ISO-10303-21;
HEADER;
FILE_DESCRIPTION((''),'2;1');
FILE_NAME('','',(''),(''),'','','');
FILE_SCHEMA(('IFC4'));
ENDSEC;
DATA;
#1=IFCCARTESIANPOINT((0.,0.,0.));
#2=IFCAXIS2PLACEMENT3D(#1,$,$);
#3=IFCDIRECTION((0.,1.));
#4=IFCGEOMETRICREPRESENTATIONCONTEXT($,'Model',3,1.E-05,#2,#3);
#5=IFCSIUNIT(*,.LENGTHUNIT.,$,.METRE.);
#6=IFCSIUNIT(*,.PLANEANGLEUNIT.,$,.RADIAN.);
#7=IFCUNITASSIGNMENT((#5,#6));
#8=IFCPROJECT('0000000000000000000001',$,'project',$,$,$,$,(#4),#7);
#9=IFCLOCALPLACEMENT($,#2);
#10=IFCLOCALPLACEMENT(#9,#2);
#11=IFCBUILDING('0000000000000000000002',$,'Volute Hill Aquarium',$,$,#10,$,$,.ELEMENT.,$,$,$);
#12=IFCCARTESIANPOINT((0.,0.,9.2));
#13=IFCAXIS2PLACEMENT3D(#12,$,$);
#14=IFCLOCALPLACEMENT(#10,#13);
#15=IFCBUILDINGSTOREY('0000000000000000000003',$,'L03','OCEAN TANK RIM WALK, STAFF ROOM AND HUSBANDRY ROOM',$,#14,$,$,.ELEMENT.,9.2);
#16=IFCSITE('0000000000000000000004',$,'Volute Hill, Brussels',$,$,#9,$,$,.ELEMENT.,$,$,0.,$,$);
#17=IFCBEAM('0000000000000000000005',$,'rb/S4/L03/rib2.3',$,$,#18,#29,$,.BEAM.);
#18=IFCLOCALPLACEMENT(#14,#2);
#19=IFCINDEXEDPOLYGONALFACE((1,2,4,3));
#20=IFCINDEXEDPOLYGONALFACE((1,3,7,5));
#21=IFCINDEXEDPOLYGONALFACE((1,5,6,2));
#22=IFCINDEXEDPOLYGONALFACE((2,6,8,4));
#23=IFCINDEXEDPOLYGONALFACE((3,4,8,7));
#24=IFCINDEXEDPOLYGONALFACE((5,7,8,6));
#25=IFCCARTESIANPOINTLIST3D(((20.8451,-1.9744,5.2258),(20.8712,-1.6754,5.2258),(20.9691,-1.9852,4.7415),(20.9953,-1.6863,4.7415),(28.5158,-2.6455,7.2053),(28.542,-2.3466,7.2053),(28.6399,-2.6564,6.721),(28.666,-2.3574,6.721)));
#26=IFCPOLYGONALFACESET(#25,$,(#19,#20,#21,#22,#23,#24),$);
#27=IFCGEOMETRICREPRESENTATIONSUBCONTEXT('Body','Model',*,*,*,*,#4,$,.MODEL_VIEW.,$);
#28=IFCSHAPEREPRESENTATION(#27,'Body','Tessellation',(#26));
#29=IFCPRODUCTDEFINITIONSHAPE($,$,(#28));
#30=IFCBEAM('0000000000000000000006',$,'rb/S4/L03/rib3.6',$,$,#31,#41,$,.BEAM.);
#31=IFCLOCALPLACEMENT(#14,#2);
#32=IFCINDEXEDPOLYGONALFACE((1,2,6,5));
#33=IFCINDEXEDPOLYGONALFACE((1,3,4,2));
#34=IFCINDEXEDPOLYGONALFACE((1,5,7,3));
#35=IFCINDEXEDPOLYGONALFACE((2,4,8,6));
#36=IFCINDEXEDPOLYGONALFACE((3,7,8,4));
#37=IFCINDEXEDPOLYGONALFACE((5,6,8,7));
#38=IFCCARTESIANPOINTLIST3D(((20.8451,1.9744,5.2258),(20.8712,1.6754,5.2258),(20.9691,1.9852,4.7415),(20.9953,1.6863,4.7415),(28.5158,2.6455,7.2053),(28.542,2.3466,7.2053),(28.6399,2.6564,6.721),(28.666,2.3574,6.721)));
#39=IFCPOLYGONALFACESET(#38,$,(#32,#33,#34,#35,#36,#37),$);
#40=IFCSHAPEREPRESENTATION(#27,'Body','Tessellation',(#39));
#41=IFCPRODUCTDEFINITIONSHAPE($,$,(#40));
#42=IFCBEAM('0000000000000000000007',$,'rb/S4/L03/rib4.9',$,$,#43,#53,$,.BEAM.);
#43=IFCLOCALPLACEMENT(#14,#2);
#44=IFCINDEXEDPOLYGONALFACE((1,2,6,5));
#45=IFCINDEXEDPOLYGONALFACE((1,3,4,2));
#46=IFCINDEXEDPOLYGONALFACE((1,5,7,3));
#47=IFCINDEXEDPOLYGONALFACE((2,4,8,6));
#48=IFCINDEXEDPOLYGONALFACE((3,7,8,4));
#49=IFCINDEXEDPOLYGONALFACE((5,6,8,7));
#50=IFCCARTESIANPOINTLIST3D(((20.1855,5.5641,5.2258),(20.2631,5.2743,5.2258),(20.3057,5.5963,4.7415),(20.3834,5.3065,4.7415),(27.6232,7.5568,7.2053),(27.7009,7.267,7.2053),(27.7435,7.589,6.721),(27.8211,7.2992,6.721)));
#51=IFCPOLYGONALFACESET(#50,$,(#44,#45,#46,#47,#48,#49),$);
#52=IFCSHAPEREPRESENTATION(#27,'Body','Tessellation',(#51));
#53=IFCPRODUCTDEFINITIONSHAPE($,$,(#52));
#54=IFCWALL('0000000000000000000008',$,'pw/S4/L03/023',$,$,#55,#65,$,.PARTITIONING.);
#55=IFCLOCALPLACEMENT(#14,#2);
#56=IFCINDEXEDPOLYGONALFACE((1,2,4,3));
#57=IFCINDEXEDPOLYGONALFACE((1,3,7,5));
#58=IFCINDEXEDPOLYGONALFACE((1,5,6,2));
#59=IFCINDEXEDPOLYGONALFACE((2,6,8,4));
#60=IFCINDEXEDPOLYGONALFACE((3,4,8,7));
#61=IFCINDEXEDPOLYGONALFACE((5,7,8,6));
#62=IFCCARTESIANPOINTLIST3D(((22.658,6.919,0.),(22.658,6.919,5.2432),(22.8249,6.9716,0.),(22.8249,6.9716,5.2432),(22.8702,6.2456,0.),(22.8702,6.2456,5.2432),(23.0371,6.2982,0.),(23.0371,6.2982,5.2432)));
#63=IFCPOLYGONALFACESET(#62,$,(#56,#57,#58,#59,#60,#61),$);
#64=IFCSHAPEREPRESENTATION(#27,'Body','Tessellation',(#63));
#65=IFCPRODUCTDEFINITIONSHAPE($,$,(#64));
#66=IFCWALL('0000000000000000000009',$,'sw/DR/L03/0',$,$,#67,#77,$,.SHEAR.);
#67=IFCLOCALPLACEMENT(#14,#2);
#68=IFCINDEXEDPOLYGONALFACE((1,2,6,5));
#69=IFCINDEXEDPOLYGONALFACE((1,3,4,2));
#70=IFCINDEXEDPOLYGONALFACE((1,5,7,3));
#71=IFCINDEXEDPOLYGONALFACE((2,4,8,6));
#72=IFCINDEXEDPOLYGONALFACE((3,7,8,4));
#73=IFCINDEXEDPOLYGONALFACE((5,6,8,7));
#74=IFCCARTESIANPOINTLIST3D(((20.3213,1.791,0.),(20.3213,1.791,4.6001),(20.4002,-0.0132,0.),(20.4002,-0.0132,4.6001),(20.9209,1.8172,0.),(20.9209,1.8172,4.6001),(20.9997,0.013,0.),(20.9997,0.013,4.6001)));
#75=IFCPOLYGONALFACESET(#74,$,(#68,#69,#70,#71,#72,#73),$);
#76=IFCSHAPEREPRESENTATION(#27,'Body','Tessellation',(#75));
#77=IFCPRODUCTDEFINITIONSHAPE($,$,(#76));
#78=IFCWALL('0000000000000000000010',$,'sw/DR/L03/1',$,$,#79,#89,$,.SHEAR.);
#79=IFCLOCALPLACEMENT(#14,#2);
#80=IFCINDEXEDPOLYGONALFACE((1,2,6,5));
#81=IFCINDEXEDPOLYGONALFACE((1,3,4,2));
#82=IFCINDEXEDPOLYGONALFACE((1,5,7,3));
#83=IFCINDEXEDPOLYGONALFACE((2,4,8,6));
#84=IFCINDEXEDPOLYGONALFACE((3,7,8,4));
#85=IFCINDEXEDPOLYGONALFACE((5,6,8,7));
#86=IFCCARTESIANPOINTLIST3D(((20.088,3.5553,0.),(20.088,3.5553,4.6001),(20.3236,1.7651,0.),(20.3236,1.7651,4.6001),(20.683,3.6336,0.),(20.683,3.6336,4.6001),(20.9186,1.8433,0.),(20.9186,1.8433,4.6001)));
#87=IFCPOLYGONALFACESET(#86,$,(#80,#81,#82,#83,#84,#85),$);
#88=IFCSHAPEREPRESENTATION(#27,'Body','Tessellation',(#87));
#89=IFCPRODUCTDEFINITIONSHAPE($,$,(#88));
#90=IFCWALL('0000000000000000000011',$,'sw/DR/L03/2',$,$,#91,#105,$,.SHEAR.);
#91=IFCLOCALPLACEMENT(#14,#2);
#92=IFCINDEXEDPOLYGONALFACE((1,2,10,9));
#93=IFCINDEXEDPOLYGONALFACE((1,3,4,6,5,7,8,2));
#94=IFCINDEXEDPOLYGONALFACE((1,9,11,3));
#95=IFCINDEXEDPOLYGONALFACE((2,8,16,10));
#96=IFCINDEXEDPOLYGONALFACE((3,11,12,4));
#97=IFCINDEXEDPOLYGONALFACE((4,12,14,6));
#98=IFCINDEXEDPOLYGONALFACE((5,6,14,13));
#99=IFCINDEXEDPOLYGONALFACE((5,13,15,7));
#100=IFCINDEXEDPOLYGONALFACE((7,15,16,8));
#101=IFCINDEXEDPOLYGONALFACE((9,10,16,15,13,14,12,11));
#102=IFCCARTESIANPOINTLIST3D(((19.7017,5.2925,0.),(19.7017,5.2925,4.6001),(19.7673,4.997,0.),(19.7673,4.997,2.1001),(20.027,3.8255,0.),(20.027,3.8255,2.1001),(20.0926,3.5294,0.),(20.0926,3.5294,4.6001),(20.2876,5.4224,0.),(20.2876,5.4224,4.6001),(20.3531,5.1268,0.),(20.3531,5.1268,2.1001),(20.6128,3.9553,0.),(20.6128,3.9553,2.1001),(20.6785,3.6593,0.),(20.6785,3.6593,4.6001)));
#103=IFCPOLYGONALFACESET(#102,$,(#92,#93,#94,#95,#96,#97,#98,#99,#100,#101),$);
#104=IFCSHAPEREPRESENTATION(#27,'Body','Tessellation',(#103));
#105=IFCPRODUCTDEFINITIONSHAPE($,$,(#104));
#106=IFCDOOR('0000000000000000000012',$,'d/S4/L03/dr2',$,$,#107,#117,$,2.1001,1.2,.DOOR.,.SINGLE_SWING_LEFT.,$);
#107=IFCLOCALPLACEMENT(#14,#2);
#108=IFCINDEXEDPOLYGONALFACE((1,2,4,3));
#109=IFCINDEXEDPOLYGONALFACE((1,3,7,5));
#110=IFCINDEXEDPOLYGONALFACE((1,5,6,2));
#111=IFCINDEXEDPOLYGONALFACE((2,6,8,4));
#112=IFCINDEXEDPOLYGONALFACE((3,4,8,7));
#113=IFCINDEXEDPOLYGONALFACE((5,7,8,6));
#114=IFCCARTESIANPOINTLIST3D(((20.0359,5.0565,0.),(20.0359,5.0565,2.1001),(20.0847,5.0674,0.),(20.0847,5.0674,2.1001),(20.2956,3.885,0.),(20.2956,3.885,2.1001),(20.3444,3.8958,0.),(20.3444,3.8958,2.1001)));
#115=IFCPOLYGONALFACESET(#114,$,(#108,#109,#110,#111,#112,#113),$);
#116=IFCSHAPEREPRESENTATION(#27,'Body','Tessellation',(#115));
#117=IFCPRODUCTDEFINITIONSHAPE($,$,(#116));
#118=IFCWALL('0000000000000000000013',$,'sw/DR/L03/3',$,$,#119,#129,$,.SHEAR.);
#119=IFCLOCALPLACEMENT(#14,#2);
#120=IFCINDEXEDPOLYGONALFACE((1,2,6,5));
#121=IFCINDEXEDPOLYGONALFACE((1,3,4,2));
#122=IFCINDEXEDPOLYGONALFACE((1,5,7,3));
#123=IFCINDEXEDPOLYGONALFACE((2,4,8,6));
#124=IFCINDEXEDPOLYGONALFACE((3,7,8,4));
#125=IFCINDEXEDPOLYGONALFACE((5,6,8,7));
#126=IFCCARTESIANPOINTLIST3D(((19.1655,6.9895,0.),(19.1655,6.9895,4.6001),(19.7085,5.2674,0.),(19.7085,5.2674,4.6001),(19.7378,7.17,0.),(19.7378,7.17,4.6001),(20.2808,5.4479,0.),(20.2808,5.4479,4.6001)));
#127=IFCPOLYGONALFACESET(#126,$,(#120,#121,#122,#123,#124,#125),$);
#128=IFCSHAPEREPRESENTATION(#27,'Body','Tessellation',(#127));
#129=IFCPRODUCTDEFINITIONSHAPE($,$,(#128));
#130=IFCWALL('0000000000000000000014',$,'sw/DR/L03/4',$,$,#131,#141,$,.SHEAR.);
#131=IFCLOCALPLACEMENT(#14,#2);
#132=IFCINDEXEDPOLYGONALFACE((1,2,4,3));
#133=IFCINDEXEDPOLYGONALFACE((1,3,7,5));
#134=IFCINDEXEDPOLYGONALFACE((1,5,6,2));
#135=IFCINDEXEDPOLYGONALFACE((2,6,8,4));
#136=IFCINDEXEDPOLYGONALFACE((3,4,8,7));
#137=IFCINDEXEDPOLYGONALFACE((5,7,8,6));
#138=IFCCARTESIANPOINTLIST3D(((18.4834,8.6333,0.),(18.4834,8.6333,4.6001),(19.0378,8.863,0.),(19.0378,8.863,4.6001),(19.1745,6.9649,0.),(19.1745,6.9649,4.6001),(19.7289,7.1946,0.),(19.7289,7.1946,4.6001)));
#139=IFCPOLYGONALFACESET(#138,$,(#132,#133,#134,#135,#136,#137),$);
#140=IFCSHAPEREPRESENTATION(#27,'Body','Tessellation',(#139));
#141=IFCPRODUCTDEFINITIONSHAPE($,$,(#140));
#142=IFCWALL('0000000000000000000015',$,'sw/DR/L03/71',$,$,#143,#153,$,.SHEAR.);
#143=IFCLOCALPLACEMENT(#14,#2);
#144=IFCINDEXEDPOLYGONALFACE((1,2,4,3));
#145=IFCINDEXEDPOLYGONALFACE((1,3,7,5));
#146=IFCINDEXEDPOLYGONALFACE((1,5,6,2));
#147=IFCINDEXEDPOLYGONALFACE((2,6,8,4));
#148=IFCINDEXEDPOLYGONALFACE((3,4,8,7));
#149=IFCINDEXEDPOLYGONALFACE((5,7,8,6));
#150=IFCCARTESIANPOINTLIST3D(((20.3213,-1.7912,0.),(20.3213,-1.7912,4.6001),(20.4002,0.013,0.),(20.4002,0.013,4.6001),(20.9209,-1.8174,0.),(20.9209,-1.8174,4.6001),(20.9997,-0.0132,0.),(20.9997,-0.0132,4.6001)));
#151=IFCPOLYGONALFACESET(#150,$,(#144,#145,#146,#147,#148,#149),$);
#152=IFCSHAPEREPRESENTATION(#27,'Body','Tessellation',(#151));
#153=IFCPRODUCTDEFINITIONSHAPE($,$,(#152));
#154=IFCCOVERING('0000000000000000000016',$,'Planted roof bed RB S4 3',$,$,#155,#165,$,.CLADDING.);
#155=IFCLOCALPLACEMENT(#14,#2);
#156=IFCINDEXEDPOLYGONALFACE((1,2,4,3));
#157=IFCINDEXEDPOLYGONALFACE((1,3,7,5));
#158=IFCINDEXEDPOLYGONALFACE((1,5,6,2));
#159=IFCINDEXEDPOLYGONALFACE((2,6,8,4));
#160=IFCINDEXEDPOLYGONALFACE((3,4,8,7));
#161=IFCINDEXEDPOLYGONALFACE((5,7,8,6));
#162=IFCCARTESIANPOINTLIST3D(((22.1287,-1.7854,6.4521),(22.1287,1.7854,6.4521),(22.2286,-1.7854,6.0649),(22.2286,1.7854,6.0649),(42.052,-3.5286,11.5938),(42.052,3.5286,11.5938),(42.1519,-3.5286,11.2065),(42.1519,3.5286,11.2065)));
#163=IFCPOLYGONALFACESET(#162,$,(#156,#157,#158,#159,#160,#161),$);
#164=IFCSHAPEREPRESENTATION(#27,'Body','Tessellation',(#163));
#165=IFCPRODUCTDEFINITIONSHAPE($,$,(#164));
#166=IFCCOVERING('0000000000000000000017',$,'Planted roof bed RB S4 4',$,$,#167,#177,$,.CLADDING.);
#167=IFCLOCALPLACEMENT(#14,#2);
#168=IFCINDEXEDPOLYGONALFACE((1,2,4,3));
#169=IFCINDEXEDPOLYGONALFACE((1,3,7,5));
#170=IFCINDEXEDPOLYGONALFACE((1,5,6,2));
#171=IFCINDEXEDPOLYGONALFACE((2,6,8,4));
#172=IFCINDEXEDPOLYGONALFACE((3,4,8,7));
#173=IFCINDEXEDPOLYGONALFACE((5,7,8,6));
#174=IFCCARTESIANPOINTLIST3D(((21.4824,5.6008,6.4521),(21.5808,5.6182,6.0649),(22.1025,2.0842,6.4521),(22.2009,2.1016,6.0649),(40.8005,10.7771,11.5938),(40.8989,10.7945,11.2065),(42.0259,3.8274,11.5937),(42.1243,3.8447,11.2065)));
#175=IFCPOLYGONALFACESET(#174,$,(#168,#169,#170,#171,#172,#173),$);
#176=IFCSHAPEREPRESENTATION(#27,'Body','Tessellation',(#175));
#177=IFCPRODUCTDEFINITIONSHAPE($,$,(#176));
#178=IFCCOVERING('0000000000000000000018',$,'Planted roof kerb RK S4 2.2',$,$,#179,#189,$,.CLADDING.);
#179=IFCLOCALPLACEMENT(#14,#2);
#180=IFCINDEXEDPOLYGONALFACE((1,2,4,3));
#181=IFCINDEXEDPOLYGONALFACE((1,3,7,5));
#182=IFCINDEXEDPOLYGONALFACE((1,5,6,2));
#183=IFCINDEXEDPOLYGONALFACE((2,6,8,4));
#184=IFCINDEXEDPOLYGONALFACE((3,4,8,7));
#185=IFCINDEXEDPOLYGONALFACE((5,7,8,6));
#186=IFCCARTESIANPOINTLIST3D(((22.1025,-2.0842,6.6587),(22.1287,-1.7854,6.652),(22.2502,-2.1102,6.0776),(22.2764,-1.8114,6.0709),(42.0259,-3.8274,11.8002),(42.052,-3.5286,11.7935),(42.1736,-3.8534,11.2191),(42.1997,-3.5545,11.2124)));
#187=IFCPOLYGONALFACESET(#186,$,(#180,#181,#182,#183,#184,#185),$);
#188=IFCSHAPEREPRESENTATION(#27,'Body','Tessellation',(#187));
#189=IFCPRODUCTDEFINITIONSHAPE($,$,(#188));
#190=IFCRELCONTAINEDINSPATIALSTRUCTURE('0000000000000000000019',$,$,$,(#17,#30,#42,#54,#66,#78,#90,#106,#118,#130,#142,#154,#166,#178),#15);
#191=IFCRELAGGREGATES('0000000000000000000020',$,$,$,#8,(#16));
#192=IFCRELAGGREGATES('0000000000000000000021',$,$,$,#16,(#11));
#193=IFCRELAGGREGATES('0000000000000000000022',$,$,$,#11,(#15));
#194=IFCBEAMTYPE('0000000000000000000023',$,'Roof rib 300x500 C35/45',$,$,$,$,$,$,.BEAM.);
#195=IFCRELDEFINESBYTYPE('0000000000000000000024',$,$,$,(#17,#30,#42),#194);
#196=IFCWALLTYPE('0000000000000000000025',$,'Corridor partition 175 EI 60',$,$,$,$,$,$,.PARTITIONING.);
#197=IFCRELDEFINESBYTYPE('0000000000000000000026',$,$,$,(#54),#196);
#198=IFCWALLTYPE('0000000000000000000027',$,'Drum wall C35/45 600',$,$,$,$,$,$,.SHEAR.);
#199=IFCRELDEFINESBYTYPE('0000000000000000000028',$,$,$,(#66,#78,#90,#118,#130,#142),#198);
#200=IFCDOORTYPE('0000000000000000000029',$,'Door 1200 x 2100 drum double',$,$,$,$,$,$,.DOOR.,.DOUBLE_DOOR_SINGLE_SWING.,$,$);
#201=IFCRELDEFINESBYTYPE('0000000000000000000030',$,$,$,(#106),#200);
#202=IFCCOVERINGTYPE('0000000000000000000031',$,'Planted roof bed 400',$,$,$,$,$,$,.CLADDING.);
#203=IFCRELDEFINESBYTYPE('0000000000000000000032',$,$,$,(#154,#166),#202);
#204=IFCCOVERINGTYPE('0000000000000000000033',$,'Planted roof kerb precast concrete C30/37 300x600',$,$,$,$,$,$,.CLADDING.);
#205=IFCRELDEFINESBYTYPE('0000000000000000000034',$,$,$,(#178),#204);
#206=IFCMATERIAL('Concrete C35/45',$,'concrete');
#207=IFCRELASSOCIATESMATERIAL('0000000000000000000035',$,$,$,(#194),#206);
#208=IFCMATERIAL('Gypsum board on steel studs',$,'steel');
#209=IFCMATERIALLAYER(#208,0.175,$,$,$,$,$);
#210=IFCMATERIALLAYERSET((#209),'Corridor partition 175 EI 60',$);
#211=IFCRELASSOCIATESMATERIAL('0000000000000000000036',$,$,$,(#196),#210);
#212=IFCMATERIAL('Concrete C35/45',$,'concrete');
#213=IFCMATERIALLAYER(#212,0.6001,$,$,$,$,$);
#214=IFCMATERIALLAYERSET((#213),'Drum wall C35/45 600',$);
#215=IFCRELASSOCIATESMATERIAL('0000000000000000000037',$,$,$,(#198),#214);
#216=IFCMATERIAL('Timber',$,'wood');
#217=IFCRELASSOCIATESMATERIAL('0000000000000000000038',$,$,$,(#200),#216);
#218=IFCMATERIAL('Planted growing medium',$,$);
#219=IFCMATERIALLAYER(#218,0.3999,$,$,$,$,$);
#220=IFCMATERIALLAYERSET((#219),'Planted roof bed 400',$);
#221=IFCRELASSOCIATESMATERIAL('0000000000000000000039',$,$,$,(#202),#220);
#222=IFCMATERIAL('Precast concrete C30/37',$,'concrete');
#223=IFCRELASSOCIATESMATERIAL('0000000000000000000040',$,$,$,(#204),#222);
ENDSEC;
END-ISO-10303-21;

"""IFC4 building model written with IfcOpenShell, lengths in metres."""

from ifc_helpers import new_model, si_unit, direction, frame, frame_2d, origin, origin_2d, place, context, subcontext, project, spatial, polyline, rectangle, outline, extrude, material, layer, layer_set, material_profile, profile_set, type_object, element, fill, save


model = new_model("IFC4")

# Units and contexts
model_context = context("Model", 3, precision=1e-05, world=origin(), true_north=direction((0.0, 1.0)))
body_context = subcontext(model_context, "Body", "Model", "MODEL_VIEW")
ifc_project = project(units=[si_unit("LENGTHUNIT", "METRE"), si_unit("PLANEANGLEUNIT", "RADIAN")], contexts=[model_context])

# Site, building, storey
site_placement = place(None, origin())
site = spatial("IfcSite", under=ifc_project, at=site_placement, Name="Volute Hill, Brussels", CompositionType="ELEMENT", RefElevation=0.0)
building_placement = place(site_placement, origin())
building = spatial("IfcBuilding", under=site, at=building_placement, Name="Volute Hill Aquarium", CompositionType="ELEMENT")
storey_placement = place(building_placement, frame((0.0, 0.0, 9.2)))
storey = spatial("IfcBuildingStorey", under=building, at=storey_placement, Name="L03", Description="OCEAN TANK RIM WALK, STAFF ROOM AND HUSBANDRY ROOM", CompositionType="ELEMENT", Elevation=9.2)

# Beams
ifc_material_1 = material(Name="Concrete C35/45", Category="concrete")
ifc_material_profile_1 = material_profile(ifc_material_1, rectangle(XDim=0.3, YDim=0.5, at=origin_2d()), Name="RC rib 300x500")
ifc_profile_set_1 = profile_set([ifc_material_profile_1], Name="Concrete C35/45")
beam_type_1 = type_object("IfcBeamType", Name="Roof rib 300x500 C35/45", PredefinedType="BEAM", material=ifc_profile_set_1)
for number, where, z_axis, x_axis, name in (
    (1, (20.9202, -1.8303, 4.9836), (0.964822, -0.084417, 0.248982), (0.087162, 0.996194, 0.0), "rb/S4/L03/rib2.3"),
    (2, (20.9202, 1.8303, 4.9836), (0.964822, 0.084417, 0.248982), (-0.087162, 0.996194, 0.0), "rb/S4/L03/rib3.6"),
    (3, (20.2844, 5.4353, 4.9836), (0.935516, 0.250638, 0.24898), (-0.258787, 0.965934, 0.0), "rb/S4/L03/rib4.9"),
):
    element("IfcBeam", number, at=place(storey_placement, frame(where, z_axis=z_axis, x_axis=x_axis)), inside=storey, type_object=beam_type_1, Name=name, PredefinedType="BEAM", context=body_context, shape_type="SweptSolid", body=[
        extrude(rectangle(XDim=0.3, YDim=0.5, at=origin_2d()), origin(), (0.0, 0.0, 1.0), 7.9504),
    ])

# Walls
ifc_material_2 = material(Name="Gypsum board on steel studs", Category="steel")
ifc_layer_1 = layer(ifc_material_2, 0.175)
ifc_layer_set_1 = layer_set([ifc_layer_1], Name="Corridor partition 175 EI 60")
wall_type_1 = type_object("IfcWallType", Name="Corridor partition 175 EI 60", PredefinedType="PARTITIONING", material=ifc_layer_set_1)
wall_1_placement = place(storey_placement, frame((22.7415, 6.9453, 0.0), z_axis=(0.0, 0.0, 1.0), x_axis=(0.300519, -0.953776, 0.0)))
element("IfcWall", 4, at=wall_1_placement, inside=storey, type_object=wall_type_1, Name="pw/S4/L03/023", PredefinedType="PARTITIONING", context=body_context, shape_type="SweptSolid", body=[
    extrude(rectangle(XDim=0.7061, YDim=0.175, at=frame_2d((0.353, 0.0))), origin(), (0.0, 0.0, 1.0), 5.2432),
])
ifc_material_3 = material(Name="Concrete C35/45", Category="concrete")
ifc_layer_2 = layer(ifc_material_3, 0.6001)
ifc_layer_set_2 = layer_set([ifc_layer_2], Name="Drum wall C35/45 600")
wall_type_2 = type_object("IfcWallType", Name="Drum wall C35/45 600", PredefinedType="SHEAR", material=ifc_layer_set_2)
wall_2_placement = place(storey_placement, frame((20.7, 0.0, 0.0), z_axis=(0.0, 0.0, 1.0), x_axis=(-0.043666, 0.999046, 0.0)))
element("IfcWall", 5, at=wall_2_placement, inside=storey, type_object=wall_type_2, Name="sw/DR/L03/0", PredefinedType="SHEAR", context=body_context, shape_type="SweptSolid", body=[
    extrude(rectangle(XDim=1.8059, YDim=0.6001, at=frame_2d((0.9028, 0.0))), origin(), (0.0, 0.0, 1.0), 4.6001),
])
wall_3_placement = place(storey_placement, frame((20.6211, 1.8042, 0.0), z_axis=(0.0, 0.0, 1.0), x_axis=(-0.130472, 0.991452, 0.0)))
element("IfcWall", 6, at=wall_3_placement, inside=storey, type_object=wall_type_2, Name="sw/DR/L03/1", PredefinedType="SHEAR", context=body_context, shape_type="SweptSolid", body=[
    extrude(rectangle(XDim=1.8057, YDim=0.6001, at=frame_2d((0.9028, 0.0))), origin(), (0.0, 0.0, 1.0), 4.6001),
])

# Wall, opening, door
wall_4_placement = place(storey_placement, frame((20.3855, 3.5945, 0.0), z_axis=(0.0, 0.0, 1.0), x_axis=(-0.216429, 0.976298, 0.0)))
wall_4 = element("IfcWall", 7, at=wall_4_placement, inside=storey, type_object=wall_type_2, Name="sw/DR/L03/2", PredefinedType="SHEAR", context=body_context, shape_type="SweptSolid", body=[
    extrude(rectangle(XDim=1.8059, YDim=0.6001, at=frame_2d((0.9028, 0.0))), origin(), (0.0, 0.0, 1.0), 4.6001),
])
opening_placement = place(wall_4_placement, frame((0.303, 0.0, 0.0)))
opening = element("IfcOpeningElement", 8, at=opening_placement, cuts=wall_4, PredefinedType="OPENING", context=body_context, shape_type="SweptSolid", body=[
    extrude(rectangle(XDim=1.2, YDim=2.1001, at=frame_2d((0.6001, 1.05))), frame((0.0, 0.3101, 0.0), z_axis=(0.0, -1.0, 0.0), x_axis=(1.0, 0.0, 0.0)), (0.0, 0.0, 1.0), 0.6201),
])
ifc_material_4 = material(Name="Timber", Category="wood")
door_type = type_object("IfcDoorType", Name="Door 1200 x 2100 drum double", OperationType="DOUBLE_DOOR_SINGLE_SWING", PredefinedType="DOOR", material=ifc_material_4)
door_placement = place(opening_placement, origin())
door = element("IfcDoor", 9, at=door_placement, inside=storey, type_object=door_type, Name="d/S4/L03/dr2", OperationType="SINGLE_SWING_LEFT", OverallHeight=2.1001, OverallWidth=1.2, PredefinedType="DOOR", context=body_context, shape_type="SweptSolid", body=[
    extrude(rectangle(XDim=1.2, YDim=2.1001, at=frame_2d((0.6001, 1.05))), frame((0.0, 0.0249, 0.0), z_axis=(0.0, -1.0, 0.0), x_axis=(1.0, 0.0, 0.0)), (0.0, 0.0, 1.0), 0.05),
])
fill(opening, door)

# Walls
wall_5_placement = place(storey_placement, frame((19.9946, 5.3577, 0.0), z_axis=(0.0, 0.0, 1.0), x_axis=(-0.300691, 0.953722, 0.0)))
element("IfcWall", 10, at=wall_5_placement, inside=storey, type_object=wall_type_2, Name="sw/DR/L03/3", PredefinedType="SHEAR", context=body_context, shape_type="SweptSolid", body=[
    extrude(rectangle(XDim=1.8057, YDim=0.6001, at=frame_2d((0.9028, 0.0))), origin(), (0.0, 0.0, 1.0), 4.6001),
])
for number, where, z_axis, x_axis, name in (
    (11, (19.4517, 7.0798, 0.0), (0.0, 0.0, 1.0), (-0.382714, 0.923867, 0.0), "sw/DR/L03/4"),
    (12, (20.6211, -1.8042, 0.0), (0.0, 0.0, 1.0), (0.043666, 0.999046, 0.0), "sw/DR/L03/71"),
):
    element("IfcWall", number, at=place(storey_placement, frame(where, z_axis=z_axis, x_axis=x_axis)), inside=storey, type_object=wall_type_2, Name=name, PredefinedType="SHEAR", context=body_context, shape_type="SweptSolid", body=[
        extrude(rectangle(XDim=1.8059, YDim=0.6001, at=frame_2d((0.9028, 0.0))), origin(), (0.0, 0.0, 1.0), 4.6001),
    ])

# Coverings
ifc_material_5 = material(Name="Planted growing medium")
ifc_layer_3 = layer(ifc_material_5, 0.3999)
ifc_layer_set_3 = layer_set([ifc_layer_3], Name="Planted roof bed 400")
covering_type_1 = type_object("IfcCoveringType", Name="Planted roof bed 400", PredefinedType="CLADDING", material=ifc_layer_set_3)
covering_1_placement = place(storey_placement, frame((22.1287, -1.7854, 6.4521), z_axis=(-0.249882, 0.0, 0.968276), x_axis=(0.96482, -0.084416, 0.24899)))
element("IfcCovering", 13, at=covering_1_placement, inside=storey, type_object=covering_type_1, Name="Planted roof bed RB S4 3", PredefinedType="CLADDING", context=body_context, shape_type="SweptSolid", body=[
    extrude(outline(polyline([(0.0, 0.0), (20.6498, 0.0), (20.0541, 7.0319), (-0.3014, 3.5581), (0.0, 0.0)])), origin(), (0.0, 0.0, -1.0), 0.3999),
])
covering_2_placement = place(storey_placement, frame((22.1025, 2.0842, 6.4521), z_axis=(-0.246085, -0.043391, 0.968276), x_axis=(0.96482, 0.084416, 0.24899)))
element("IfcCovering", 14, at=covering_2_placement, inside=storey, type_object=covering_type_1, Name="Planted roof bed RB S4 4", PredefinedType="CLADDING", context=body_context, shape_type="SweptSolid", body=[
    extrude(outline(polyline([(0.0, 0.0), (20.6498, 0.0), (20.0542, 7.0317), (-0.3014, 3.5581), (0.0, 0.0)])), origin(), (0.0, 0.0, -1.0), 0.3999),
])
ifc_material_6 = material(Name="Precast concrete C30/37", Category="concrete")
covering_type_2 = type_object("IfcCoveringType", Name="Planted roof kerb precast concrete C30/37 300x600", PredefinedType="CLADDING", material=ifc_material_6)
covering_3_placement = place(storey_placement, frame((22.1025, -2.0842, 6.6587), z_axis=(-0.246092, 0.043268, 0.96828), x_axis=(0.964821, -0.084416, 0.248985)))
element("IfcCovering", 15, at=covering_3_placement, inside=storey, type_object=covering_type_2, Name="Planted roof kerb RK S4 2.2", PredefinedType="CLADDING", context=body_context, shape_type="SweptSolid", body=[
    extrude(outline(polyline([(0.0, 0.0), (20.6498, 0.0), (20.6481, 0.3), (-0.0017, 0.3), (0.0, 0.0)])), origin(), (0.0, 0.0, -1.0), 0.6001),
])

save(model, "model.ifc")
